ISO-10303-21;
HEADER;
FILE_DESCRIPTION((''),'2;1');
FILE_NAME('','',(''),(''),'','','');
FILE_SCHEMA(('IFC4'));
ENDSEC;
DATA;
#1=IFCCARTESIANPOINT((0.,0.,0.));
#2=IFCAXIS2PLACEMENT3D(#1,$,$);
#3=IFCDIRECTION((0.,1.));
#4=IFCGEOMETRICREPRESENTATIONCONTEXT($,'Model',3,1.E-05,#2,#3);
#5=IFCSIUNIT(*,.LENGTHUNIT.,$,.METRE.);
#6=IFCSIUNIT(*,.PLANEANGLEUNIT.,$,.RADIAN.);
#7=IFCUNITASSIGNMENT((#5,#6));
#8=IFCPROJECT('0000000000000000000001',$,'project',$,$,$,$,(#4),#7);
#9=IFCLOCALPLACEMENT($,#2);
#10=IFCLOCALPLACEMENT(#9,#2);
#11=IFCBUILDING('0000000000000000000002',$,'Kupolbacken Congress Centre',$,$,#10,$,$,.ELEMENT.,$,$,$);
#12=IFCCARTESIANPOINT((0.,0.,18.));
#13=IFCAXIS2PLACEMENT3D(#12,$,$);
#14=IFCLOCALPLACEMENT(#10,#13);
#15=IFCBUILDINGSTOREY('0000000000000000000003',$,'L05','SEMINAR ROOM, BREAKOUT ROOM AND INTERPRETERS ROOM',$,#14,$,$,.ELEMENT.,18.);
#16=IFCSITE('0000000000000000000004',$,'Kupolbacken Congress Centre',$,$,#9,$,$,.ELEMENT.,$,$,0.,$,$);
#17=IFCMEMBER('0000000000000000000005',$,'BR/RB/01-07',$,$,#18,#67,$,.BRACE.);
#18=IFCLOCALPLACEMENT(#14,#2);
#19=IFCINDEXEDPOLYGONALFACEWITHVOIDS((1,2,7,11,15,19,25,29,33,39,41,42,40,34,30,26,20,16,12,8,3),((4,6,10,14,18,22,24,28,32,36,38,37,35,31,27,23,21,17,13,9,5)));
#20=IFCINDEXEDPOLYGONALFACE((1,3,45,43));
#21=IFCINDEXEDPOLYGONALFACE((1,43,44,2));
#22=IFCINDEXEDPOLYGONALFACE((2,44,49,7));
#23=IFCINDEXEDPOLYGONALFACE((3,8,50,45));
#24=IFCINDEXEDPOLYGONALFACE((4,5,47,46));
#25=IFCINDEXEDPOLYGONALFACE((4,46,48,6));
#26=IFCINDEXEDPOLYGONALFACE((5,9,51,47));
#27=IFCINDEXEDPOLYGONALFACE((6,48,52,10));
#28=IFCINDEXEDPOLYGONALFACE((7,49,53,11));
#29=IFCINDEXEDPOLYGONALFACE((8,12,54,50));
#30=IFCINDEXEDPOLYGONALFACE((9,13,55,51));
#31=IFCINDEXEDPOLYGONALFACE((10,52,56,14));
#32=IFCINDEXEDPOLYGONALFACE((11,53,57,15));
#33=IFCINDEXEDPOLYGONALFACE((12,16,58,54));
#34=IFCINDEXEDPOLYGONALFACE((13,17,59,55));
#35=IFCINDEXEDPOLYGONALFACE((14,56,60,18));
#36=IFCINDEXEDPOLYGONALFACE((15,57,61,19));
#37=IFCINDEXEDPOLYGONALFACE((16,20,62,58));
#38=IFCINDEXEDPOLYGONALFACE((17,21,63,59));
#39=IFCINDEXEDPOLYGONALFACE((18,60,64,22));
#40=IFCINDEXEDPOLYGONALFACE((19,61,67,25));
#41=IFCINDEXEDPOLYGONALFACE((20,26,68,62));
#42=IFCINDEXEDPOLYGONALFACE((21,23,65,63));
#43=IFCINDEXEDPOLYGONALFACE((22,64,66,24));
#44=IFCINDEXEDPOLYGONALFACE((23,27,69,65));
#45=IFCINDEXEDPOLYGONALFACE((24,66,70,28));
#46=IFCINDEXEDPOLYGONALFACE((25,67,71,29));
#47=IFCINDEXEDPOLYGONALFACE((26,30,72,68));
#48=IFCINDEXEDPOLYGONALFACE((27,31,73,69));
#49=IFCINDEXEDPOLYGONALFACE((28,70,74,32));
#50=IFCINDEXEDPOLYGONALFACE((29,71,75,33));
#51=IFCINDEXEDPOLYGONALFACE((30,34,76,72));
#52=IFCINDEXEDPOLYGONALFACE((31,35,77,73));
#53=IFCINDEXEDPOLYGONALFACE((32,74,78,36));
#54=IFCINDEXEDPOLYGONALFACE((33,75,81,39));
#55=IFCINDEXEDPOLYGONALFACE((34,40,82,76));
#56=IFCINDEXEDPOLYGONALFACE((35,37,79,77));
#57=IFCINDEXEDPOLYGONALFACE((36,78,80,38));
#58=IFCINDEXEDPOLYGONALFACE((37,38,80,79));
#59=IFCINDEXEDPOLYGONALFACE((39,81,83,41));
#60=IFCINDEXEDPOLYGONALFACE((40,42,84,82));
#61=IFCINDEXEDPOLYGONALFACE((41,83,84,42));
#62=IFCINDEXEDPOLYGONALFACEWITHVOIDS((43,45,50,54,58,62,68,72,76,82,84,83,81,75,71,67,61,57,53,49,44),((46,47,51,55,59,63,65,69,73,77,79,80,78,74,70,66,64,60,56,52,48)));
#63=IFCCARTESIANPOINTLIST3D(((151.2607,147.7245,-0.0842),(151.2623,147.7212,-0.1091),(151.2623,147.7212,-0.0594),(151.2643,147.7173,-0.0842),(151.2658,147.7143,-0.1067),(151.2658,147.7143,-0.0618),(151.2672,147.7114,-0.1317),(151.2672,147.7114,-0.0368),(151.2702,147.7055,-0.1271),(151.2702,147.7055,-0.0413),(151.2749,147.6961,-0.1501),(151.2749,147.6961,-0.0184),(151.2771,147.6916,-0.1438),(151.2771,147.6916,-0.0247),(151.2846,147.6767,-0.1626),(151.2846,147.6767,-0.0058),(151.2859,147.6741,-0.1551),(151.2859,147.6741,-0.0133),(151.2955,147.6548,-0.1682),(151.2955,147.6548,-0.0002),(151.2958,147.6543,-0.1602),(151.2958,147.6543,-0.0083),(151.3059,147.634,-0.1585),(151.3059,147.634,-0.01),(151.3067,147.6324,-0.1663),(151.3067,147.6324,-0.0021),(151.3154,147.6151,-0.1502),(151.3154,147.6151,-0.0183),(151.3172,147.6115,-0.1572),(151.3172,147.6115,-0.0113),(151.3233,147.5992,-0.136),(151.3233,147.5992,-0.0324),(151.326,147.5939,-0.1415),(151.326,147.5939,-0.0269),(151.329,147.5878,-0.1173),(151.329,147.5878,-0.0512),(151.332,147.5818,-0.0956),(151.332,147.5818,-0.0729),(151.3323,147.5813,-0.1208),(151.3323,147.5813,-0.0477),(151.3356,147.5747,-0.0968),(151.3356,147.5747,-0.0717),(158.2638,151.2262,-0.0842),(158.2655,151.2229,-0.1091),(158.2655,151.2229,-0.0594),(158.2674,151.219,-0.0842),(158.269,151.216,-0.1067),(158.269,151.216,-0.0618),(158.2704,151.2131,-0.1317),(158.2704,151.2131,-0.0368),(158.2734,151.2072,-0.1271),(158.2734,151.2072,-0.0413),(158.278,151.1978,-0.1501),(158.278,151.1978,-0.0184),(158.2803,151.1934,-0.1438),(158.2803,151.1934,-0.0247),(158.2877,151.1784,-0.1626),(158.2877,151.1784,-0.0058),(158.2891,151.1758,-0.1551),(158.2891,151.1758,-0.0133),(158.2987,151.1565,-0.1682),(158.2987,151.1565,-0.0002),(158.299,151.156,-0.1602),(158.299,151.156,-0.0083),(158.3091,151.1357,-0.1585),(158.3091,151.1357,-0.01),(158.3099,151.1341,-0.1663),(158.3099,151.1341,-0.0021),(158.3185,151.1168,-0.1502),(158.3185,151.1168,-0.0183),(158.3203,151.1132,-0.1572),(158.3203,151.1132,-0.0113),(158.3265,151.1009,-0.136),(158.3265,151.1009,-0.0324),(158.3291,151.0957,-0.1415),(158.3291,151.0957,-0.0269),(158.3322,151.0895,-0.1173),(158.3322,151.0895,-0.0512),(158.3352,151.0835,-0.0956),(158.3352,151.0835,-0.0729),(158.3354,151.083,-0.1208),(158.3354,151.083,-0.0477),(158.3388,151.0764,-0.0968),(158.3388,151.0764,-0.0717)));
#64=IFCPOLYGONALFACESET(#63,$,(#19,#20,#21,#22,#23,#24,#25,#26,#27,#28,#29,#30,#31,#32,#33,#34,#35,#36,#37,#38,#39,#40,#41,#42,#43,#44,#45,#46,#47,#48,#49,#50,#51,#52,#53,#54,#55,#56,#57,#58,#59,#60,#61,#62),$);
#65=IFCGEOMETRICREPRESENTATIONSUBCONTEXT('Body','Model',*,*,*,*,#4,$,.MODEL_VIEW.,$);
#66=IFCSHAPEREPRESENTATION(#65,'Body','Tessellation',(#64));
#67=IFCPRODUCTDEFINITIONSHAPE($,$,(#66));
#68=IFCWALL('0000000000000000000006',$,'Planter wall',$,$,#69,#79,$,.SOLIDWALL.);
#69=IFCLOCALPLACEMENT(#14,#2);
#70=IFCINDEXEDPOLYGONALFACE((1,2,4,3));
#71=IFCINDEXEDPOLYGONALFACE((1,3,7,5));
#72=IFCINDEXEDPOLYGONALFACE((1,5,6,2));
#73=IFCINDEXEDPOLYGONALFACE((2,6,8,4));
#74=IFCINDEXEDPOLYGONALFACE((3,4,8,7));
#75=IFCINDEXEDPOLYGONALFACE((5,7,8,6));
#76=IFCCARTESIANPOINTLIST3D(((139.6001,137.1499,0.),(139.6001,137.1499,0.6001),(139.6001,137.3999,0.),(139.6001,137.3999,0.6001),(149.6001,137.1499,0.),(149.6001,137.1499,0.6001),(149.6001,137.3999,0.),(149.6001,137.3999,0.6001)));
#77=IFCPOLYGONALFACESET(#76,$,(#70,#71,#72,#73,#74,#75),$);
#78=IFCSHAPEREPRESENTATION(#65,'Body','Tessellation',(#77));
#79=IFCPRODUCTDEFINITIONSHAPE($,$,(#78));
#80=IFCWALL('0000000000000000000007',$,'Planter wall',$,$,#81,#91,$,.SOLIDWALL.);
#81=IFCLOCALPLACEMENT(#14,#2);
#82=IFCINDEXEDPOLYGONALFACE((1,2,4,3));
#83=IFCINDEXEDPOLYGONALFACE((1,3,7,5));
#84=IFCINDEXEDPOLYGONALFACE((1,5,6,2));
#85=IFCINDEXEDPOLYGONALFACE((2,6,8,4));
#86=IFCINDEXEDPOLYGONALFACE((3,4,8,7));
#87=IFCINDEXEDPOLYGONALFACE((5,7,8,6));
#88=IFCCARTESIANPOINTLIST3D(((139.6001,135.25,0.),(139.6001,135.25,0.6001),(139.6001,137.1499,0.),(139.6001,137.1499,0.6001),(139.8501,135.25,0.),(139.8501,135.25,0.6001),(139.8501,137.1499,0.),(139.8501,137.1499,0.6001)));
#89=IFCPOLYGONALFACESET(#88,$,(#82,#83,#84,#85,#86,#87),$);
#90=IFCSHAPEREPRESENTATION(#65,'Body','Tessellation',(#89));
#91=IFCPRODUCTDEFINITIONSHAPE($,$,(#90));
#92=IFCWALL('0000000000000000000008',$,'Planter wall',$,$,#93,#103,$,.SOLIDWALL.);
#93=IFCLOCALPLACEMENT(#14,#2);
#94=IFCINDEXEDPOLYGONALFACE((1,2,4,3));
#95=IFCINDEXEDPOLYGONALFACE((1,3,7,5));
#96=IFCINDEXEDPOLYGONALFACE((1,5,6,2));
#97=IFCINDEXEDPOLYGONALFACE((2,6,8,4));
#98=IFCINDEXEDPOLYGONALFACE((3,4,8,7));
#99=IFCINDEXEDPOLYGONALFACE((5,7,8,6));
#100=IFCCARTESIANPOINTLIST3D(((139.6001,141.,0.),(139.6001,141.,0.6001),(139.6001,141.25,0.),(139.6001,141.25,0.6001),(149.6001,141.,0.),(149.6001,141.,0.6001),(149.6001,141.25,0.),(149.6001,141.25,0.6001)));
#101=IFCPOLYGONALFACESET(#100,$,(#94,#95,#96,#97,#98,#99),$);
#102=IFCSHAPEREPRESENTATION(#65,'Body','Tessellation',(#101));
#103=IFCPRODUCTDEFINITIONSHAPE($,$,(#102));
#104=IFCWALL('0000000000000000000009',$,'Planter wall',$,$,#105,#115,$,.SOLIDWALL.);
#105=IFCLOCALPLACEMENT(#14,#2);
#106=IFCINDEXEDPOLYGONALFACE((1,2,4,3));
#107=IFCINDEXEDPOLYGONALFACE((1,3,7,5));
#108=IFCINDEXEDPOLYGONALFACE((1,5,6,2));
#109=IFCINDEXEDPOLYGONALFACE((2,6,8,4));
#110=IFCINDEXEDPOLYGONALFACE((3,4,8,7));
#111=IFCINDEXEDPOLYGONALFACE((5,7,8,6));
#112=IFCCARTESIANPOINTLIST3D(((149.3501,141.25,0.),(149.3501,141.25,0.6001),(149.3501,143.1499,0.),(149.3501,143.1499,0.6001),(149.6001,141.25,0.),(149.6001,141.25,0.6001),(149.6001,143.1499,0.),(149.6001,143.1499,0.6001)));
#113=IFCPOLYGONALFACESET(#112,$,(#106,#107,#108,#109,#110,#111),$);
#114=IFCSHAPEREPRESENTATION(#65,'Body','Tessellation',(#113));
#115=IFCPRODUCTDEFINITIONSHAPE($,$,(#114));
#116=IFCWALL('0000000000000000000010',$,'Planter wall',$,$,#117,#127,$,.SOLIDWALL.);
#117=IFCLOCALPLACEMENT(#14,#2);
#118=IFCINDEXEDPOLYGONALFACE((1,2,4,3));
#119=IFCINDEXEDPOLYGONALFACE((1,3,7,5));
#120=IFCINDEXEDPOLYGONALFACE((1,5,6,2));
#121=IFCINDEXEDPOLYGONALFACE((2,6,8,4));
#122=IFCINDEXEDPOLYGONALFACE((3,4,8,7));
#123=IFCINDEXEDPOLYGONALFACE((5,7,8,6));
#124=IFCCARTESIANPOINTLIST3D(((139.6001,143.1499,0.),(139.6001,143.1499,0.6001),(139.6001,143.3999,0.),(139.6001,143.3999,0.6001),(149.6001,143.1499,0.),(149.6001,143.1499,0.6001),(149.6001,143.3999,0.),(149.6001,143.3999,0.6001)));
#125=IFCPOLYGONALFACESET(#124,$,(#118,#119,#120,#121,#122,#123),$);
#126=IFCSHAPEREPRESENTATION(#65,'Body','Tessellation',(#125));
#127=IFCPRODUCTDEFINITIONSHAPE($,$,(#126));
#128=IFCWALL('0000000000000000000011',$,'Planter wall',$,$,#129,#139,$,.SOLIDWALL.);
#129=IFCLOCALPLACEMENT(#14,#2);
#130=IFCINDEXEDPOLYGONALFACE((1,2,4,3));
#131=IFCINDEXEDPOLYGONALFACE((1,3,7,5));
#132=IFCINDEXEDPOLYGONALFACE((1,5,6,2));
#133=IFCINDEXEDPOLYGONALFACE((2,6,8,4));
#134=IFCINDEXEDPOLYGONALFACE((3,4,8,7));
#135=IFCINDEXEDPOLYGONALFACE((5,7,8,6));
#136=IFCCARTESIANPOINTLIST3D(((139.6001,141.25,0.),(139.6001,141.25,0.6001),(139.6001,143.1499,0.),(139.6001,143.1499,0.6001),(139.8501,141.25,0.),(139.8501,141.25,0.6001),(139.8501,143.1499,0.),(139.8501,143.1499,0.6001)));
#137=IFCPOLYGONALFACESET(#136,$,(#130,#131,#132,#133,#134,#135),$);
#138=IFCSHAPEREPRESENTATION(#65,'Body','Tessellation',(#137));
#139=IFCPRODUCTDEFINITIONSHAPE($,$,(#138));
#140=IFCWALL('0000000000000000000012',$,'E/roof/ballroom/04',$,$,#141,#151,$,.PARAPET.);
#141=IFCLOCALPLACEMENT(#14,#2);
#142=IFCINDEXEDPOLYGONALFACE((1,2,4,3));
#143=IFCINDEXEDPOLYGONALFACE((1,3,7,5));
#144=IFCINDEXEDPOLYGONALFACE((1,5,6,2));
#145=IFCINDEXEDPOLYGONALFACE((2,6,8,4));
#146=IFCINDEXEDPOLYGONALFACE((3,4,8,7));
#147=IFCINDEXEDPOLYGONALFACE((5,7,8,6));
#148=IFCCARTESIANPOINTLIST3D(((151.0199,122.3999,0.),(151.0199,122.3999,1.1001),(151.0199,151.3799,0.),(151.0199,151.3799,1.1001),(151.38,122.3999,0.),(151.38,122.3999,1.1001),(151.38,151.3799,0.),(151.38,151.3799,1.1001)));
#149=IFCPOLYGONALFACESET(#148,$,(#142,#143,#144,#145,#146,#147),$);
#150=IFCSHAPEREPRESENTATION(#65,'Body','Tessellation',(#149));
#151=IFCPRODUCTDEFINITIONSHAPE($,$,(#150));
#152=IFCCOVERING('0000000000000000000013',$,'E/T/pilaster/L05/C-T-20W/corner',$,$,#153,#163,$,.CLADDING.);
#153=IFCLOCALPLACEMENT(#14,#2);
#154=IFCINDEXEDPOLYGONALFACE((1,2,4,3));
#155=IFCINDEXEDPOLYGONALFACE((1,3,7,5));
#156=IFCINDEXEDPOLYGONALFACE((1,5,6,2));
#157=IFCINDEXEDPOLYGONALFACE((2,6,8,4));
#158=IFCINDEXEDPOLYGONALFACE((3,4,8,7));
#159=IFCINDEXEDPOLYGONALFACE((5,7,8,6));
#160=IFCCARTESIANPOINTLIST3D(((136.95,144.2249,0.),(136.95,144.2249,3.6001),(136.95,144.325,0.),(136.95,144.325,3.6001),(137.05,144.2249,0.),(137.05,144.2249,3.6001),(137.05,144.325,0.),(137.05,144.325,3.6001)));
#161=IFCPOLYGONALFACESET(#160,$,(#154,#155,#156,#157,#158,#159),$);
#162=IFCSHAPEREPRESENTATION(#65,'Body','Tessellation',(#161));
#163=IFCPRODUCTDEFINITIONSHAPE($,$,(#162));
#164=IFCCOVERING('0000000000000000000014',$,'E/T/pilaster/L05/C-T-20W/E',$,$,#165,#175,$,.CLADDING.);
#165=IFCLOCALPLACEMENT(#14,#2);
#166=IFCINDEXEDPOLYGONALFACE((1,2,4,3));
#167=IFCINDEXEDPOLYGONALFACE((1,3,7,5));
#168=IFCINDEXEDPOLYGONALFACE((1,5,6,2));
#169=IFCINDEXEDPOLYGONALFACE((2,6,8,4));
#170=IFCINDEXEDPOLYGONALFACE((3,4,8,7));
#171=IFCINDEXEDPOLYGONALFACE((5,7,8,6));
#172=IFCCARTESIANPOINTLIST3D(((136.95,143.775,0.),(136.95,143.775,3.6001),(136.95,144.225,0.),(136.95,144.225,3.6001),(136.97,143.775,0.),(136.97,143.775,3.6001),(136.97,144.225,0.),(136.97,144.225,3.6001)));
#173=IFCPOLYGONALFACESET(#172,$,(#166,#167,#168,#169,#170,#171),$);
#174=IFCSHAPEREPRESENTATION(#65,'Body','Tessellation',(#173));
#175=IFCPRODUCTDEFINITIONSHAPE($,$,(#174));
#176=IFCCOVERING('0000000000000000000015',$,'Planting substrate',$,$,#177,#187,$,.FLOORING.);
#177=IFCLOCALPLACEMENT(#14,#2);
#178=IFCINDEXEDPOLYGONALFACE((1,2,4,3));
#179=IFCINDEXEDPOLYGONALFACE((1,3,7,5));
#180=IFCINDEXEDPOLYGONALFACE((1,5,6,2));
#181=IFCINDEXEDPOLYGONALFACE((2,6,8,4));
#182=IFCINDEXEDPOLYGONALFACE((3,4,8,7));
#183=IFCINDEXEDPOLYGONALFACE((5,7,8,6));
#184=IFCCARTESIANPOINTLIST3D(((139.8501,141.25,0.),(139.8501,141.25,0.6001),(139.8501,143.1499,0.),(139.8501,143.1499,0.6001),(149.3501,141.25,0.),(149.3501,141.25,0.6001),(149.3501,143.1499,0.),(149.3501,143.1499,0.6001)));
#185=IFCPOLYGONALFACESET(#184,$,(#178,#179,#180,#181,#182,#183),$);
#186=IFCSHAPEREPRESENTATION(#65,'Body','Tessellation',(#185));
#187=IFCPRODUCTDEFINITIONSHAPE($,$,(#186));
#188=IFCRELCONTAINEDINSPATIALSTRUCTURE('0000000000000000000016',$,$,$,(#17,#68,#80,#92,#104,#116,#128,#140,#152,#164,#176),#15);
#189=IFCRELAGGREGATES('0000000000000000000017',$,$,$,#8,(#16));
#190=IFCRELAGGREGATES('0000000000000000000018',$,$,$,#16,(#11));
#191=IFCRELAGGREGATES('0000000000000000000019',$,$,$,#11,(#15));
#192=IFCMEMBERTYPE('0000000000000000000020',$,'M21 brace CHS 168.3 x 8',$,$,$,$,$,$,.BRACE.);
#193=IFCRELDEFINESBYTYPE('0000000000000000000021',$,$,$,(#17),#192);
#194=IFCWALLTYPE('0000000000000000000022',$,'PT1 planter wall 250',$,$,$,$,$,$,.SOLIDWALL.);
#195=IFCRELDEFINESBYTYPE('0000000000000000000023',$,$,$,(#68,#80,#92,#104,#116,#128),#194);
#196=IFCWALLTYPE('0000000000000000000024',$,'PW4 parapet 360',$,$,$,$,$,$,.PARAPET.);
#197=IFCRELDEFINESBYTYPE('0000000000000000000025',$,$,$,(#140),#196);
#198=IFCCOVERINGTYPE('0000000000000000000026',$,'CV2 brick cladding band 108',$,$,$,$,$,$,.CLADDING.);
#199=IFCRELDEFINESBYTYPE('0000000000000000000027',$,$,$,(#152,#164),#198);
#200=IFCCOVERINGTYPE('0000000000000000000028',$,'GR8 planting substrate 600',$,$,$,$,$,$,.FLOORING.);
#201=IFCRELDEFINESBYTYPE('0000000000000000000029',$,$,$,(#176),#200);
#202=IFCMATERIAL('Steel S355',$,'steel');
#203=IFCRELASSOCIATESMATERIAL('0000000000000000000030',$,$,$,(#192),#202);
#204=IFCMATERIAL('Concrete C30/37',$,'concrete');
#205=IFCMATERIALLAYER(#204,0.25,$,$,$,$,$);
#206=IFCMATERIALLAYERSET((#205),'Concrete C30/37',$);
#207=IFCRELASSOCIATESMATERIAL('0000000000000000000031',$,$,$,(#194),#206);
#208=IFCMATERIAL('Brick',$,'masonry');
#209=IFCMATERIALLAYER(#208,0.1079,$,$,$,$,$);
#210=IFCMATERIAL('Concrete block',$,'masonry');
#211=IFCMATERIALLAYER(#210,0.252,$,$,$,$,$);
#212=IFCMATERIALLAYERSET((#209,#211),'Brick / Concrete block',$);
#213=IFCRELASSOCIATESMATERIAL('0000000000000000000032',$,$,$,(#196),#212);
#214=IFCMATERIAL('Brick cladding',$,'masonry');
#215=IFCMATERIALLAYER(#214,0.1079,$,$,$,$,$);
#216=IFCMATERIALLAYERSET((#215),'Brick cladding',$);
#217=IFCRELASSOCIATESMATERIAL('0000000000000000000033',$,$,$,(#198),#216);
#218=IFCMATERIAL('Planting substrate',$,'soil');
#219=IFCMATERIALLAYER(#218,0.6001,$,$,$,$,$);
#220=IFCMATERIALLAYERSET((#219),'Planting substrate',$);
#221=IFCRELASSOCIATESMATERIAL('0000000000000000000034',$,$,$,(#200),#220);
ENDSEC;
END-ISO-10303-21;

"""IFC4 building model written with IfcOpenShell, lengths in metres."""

from ifc_helpers import new_model, si_unit, direction, frame, frame_2d, origin, origin_2d, place, context, subcontext, project, spatial, rectangle, hollow_circle, extrude, material, layer, layer_set, material_profile, profile_set, type_object, element, save


model = new_model("IFC4")

# Units and contexts
model_context = context("Model", 3, precision=1e-05, world=origin(), true_north=direction((0.0, 1.0)))
body_context = subcontext(model_context, "Body", "Model", "MODEL_VIEW")
ifc_project = project(units=[si_unit("LENGTHUNIT", "METRE"), si_unit("PLANEANGLEUNIT", "RADIAN")], contexts=[model_context])

# Site, building, storey
site_placement = place(None, origin())
site = spatial("IfcSite", under=ifc_project, at=site_placement, Name="Kupolbacken Congress Centre", CompositionType="ELEMENT", RefElevation=0.0)
building_placement = place(site_placement, origin())
building = spatial("IfcBuilding", under=site, at=building_placement, Name="Kupolbacken Congress Centre", CompositionType="ELEMENT")
storey_placement = place(building_placement, frame((0.0, 0.0, 18.0)))
storey = spatial("IfcBuildingStorey", under=building, at=storey_placement, Name="L05", Description="SEMINAR ROOM, BREAKOUT ROOM AND INTERPRETERS ROOM", CompositionType="ELEMENT", Elevation=18.0)

# Member
ifc_material_1 = material(Name="Steel S355", Category="steel")
ifc_material_profile_1 = material_profile(ifc_material_1, hollow_circle(Radius=0.0842, WallThickness=0.0081, at=origin_2d()), Name="CHS 168.3 x 8")
ifc_profile_set_1 = profile_set([ifc_material_profile_1], Name="Steel S355")
member_type_1 = type_object("IfcMemberType", Name="M21 brace CHS 168.3 x 8", PredefinedType="BRACE", material=ifc_profile_set_1)
for number, where, z_axis, x_axis, name in (
    (1, (151.2983, 147.6492, -0.0842), (0.894421, 0.447226, 0.0), (-0.447226, 0.894421, 0.0), "BR/RB/01-07"),
):
    element("IfcMember", number, at=place(storey_placement, frame(where, z_axis=z_axis, x_axis=x_axis)), inside=storey, type_object=member_type_1, Name=name, PredefinedType="BRACE", context=body_context, shape_type="SweptSolid", body=[
        extrude(hollow_circle(Radius=0.0842, WallThickness=0.0081, at=origin_2d()), origin(), (0.0, 0.0, 1.0), 7.8298),
    ])

# Walls
ifc_material_2 = material(Name="Concrete C30/37", Category="concrete")
ifc_layer_1 = layer(ifc_material_2, 0.25)
ifc_layer_set_1 = layer_set([ifc_layer_1], Name="Concrete C30/37")
wall_type_1 = type_object("IfcWallType", Name="PT1 planter wall 250", PredefinedType="SOLIDWALL", material=ifc_layer_set_1)
wall_1_placement = place(storey_placement, frame((149.6001, 137.2749, 0.0), z_axis=(0.0, 0.0, 1.0), x_axis=(-1.0, 0.0, 0.0)))
element("IfcWall", 2, at=wall_1_placement, inside=storey, type_object=wall_type_1, Name="Planter wall", PredefinedType="SOLIDWALL", context=body_context, shape_type="SweptSolid", body=[
    extrude(rectangle(XDim=10.0, YDim=0.25, at=frame_2d((5.0, 0.0))), origin(), (0.0, 0.0, 1.0), 0.6001),
])
wall_2_placement = place(storey_placement, frame((139.7251, 137.1499, 0.0), z_axis=(0.0, 0.0, 1.0), x_axis=(0.0, -1.0, 0.0)))
element("IfcWall", 3, at=wall_2_placement, inside=storey, type_object=wall_type_1, Name="Planter wall", PredefinedType="SOLIDWALL", context=body_context, shape_type="SweptSolid", body=[
    extrude(rectangle(XDim=1.8999, YDim=0.25, at=frame_2d((0.95, 0.0))), origin(), (0.0, 0.0, 1.0), 0.6001),
])
wall_3_placement = place(storey_placement, frame((139.6001, 141.125, 0.0), z_axis=(0.0, 0.0, 1.0), x_axis=(1.0, 0.0, 0.0)))
element("IfcWall", 4, at=wall_3_placement, inside=storey, type_object=wall_type_1, Name="Planter wall", PredefinedType="SOLIDWALL", context=body_context, shape_type="SweptSolid", body=[
    extrude(rectangle(XDim=10.0, YDim=0.25, at=frame_2d((5.0, 0.0))), origin(), (0.0, 0.0, 1.0), 0.6001),
])
wall_4_placement = place(storey_placement, frame((149.4751, 141.25, 0.0), z_axis=(0.0, 0.0, 1.0), x_axis=(0.0, 1.0, 0.0)))
element("IfcWall", 5, at=wall_4_placement, inside=storey, type_object=wall_type_1, Name="Planter wall", PredefinedType="SOLIDWALL", context=body_context, shape_type="SweptSolid", body=[
    extrude(rectangle(XDim=1.8999, YDim=0.25, at=frame_2d((0.95, 0.0))), origin(), (0.0, 0.0, 1.0), 0.6001),
])
wall_5_placement = place(storey_placement, frame((149.6001, 143.2749, 0.0), z_axis=(0.0, 0.0, 1.0), x_axis=(-1.0, 0.0, 0.0)))
element("IfcWall", 6, at=wall_5_placement, inside=storey, type_object=wall_type_1, Name="Planter wall", PredefinedType="SOLIDWALL", context=body_context, shape_type="SweptSolid", body=[
    extrude(rectangle(XDim=10.0, YDim=0.25, at=frame_2d((5.0, 0.0))), origin(), (0.0, 0.0, 1.0), 0.6001),
])
wall_6_placement = place(storey_placement, frame((139.7251, 143.1499, 0.0), z_axis=(0.0, 0.0, 1.0), x_axis=(0.0, -1.0, 0.0)))
element("IfcWall", 7, at=wall_6_placement, inside=storey, type_object=wall_type_1, Name="Planter wall", PredefinedType="SOLIDWALL", context=body_context, shape_type="SweptSolid", body=[
    extrude(rectangle(XDim=1.8999, YDim=0.25, at=frame_2d((0.95, 0.0))), origin(), (0.0, 0.0, 1.0), 0.6001),
])
ifc_material_3 = material(Name="Brick", Category="masonry")
ifc_layer_2 = layer(ifc_material_3, 0.1079)
ifc_material_4 = material(Name="Concrete block", Category="masonry")
ifc_layer_3 = layer(ifc_material_4, 0.252)
ifc_layer_set_2 = layer_set([ifc_layer_2, ifc_layer_3], Name="Brick / Concrete block")
wall_type_2 = type_object("IfcWallType", Name="PW4 parapet 360", PredefinedType="PARAPET", material=ifc_layer_set_2)
wall_7_placement = place(storey_placement, frame((151.2, 151.3799, 0.0), z_axis=(0.0, 0.0, 1.0), x_axis=(0.0, -1.0, 0.0)))
element("IfcWall", 8, at=wall_7_placement, inside=storey, type_object=wall_type_2, Name="E/roof/ballroom/04", PredefinedType="PARAPET", context=body_context, shape_type="SweptSolid", body=[
    extrude(rectangle(XDim=28.98, YDim=0.3601, at=frame_2d((14.49, 0.0))), origin(), (0.0, 0.0, 1.0), 1.1001),
])

# Coverings
ifc_material_5 = material(Name="Brick cladding", Category="masonry")
ifc_layer_4 = layer(ifc_material_5, 0.1079)
ifc_layer_set_3 = layer_set([ifc_layer_4], Name="Brick cladding")
covering_type_1 = type_object("IfcCoveringType", Name="CV2 brick cladding band 108", PredefinedType="CLADDING", material=ifc_layer_set_3)
covering_1_placement = place(storey_placement, frame((137.0, 144.2749, 0.0), z_axis=(0.0, 0.0, 1.0), x_axis=(1.0, 0.0, 0.0)))
element("IfcCovering", 9, at=covering_1_placement, inside=storey, type_object=covering_type_1, Name="E/T/pilaster/L05/C-T-20W/corner", PredefinedType="CLADDING", context=body_context, shape_type="SweptSolid", body=[
    extrude(rectangle(XDim=0.1001, YDim=0.1001, at=origin_2d()), origin(), (0.0, 0.0, 1.0), 3.6001),
])
covering_2_placement = place(storey_placement, frame((136.96, 144.0, 0.0), z_axis=(0.0, 0.0, 1.0), x_axis=(1.0, 0.0, 0.0)))
element("IfcCovering", 10, at=covering_2_placement, inside=storey, type_object=covering_type_1, Name="E/T/pilaster/L05/C-T-20W/E", PredefinedType="CLADDING", context=body_context, shape_type="SweptSolid", body=[
    extrude(rectangle(XDim=0.02, YDim=0.45, at=origin_2d()), origin(), (0.0, 0.0, 1.0), 3.6001),
])
ifc_material_6 = material(Name="Planting substrate", Category="soil")
ifc_layer_5 = layer(ifc_material_6, 0.6001)
ifc_layer_set_4 = layer_set([ifc_layer_5], Name="Planting substrate")
covering_type_2 = type_object("IfcCoveringType", Name="GR8 planting substrate 600", PredefinedType="FLOORING", material=ifc_layer_set_4)
covering_3_placement = place(storey_placement, frame((144.6001, 142.2, 0.0), z_axis=(0.0, 0.0, 1.0), x_axis=(1.0, 0.0, 0.0)))
element("IfcCovering", 11, at=covering_3_placement, inside=storey, type_object=covering_type_2, Name="Planting substrate", PredefinedType="FLOORING", context=body_context, shape_type="SweptSolid", body=[
    extrude(rectangle(XDim=9.5, YDim=1.8999, at=origin_2d()), origin(), (0.0, 0.0, 1.0), 0.6001),
])

save(model, "model.ifc")
